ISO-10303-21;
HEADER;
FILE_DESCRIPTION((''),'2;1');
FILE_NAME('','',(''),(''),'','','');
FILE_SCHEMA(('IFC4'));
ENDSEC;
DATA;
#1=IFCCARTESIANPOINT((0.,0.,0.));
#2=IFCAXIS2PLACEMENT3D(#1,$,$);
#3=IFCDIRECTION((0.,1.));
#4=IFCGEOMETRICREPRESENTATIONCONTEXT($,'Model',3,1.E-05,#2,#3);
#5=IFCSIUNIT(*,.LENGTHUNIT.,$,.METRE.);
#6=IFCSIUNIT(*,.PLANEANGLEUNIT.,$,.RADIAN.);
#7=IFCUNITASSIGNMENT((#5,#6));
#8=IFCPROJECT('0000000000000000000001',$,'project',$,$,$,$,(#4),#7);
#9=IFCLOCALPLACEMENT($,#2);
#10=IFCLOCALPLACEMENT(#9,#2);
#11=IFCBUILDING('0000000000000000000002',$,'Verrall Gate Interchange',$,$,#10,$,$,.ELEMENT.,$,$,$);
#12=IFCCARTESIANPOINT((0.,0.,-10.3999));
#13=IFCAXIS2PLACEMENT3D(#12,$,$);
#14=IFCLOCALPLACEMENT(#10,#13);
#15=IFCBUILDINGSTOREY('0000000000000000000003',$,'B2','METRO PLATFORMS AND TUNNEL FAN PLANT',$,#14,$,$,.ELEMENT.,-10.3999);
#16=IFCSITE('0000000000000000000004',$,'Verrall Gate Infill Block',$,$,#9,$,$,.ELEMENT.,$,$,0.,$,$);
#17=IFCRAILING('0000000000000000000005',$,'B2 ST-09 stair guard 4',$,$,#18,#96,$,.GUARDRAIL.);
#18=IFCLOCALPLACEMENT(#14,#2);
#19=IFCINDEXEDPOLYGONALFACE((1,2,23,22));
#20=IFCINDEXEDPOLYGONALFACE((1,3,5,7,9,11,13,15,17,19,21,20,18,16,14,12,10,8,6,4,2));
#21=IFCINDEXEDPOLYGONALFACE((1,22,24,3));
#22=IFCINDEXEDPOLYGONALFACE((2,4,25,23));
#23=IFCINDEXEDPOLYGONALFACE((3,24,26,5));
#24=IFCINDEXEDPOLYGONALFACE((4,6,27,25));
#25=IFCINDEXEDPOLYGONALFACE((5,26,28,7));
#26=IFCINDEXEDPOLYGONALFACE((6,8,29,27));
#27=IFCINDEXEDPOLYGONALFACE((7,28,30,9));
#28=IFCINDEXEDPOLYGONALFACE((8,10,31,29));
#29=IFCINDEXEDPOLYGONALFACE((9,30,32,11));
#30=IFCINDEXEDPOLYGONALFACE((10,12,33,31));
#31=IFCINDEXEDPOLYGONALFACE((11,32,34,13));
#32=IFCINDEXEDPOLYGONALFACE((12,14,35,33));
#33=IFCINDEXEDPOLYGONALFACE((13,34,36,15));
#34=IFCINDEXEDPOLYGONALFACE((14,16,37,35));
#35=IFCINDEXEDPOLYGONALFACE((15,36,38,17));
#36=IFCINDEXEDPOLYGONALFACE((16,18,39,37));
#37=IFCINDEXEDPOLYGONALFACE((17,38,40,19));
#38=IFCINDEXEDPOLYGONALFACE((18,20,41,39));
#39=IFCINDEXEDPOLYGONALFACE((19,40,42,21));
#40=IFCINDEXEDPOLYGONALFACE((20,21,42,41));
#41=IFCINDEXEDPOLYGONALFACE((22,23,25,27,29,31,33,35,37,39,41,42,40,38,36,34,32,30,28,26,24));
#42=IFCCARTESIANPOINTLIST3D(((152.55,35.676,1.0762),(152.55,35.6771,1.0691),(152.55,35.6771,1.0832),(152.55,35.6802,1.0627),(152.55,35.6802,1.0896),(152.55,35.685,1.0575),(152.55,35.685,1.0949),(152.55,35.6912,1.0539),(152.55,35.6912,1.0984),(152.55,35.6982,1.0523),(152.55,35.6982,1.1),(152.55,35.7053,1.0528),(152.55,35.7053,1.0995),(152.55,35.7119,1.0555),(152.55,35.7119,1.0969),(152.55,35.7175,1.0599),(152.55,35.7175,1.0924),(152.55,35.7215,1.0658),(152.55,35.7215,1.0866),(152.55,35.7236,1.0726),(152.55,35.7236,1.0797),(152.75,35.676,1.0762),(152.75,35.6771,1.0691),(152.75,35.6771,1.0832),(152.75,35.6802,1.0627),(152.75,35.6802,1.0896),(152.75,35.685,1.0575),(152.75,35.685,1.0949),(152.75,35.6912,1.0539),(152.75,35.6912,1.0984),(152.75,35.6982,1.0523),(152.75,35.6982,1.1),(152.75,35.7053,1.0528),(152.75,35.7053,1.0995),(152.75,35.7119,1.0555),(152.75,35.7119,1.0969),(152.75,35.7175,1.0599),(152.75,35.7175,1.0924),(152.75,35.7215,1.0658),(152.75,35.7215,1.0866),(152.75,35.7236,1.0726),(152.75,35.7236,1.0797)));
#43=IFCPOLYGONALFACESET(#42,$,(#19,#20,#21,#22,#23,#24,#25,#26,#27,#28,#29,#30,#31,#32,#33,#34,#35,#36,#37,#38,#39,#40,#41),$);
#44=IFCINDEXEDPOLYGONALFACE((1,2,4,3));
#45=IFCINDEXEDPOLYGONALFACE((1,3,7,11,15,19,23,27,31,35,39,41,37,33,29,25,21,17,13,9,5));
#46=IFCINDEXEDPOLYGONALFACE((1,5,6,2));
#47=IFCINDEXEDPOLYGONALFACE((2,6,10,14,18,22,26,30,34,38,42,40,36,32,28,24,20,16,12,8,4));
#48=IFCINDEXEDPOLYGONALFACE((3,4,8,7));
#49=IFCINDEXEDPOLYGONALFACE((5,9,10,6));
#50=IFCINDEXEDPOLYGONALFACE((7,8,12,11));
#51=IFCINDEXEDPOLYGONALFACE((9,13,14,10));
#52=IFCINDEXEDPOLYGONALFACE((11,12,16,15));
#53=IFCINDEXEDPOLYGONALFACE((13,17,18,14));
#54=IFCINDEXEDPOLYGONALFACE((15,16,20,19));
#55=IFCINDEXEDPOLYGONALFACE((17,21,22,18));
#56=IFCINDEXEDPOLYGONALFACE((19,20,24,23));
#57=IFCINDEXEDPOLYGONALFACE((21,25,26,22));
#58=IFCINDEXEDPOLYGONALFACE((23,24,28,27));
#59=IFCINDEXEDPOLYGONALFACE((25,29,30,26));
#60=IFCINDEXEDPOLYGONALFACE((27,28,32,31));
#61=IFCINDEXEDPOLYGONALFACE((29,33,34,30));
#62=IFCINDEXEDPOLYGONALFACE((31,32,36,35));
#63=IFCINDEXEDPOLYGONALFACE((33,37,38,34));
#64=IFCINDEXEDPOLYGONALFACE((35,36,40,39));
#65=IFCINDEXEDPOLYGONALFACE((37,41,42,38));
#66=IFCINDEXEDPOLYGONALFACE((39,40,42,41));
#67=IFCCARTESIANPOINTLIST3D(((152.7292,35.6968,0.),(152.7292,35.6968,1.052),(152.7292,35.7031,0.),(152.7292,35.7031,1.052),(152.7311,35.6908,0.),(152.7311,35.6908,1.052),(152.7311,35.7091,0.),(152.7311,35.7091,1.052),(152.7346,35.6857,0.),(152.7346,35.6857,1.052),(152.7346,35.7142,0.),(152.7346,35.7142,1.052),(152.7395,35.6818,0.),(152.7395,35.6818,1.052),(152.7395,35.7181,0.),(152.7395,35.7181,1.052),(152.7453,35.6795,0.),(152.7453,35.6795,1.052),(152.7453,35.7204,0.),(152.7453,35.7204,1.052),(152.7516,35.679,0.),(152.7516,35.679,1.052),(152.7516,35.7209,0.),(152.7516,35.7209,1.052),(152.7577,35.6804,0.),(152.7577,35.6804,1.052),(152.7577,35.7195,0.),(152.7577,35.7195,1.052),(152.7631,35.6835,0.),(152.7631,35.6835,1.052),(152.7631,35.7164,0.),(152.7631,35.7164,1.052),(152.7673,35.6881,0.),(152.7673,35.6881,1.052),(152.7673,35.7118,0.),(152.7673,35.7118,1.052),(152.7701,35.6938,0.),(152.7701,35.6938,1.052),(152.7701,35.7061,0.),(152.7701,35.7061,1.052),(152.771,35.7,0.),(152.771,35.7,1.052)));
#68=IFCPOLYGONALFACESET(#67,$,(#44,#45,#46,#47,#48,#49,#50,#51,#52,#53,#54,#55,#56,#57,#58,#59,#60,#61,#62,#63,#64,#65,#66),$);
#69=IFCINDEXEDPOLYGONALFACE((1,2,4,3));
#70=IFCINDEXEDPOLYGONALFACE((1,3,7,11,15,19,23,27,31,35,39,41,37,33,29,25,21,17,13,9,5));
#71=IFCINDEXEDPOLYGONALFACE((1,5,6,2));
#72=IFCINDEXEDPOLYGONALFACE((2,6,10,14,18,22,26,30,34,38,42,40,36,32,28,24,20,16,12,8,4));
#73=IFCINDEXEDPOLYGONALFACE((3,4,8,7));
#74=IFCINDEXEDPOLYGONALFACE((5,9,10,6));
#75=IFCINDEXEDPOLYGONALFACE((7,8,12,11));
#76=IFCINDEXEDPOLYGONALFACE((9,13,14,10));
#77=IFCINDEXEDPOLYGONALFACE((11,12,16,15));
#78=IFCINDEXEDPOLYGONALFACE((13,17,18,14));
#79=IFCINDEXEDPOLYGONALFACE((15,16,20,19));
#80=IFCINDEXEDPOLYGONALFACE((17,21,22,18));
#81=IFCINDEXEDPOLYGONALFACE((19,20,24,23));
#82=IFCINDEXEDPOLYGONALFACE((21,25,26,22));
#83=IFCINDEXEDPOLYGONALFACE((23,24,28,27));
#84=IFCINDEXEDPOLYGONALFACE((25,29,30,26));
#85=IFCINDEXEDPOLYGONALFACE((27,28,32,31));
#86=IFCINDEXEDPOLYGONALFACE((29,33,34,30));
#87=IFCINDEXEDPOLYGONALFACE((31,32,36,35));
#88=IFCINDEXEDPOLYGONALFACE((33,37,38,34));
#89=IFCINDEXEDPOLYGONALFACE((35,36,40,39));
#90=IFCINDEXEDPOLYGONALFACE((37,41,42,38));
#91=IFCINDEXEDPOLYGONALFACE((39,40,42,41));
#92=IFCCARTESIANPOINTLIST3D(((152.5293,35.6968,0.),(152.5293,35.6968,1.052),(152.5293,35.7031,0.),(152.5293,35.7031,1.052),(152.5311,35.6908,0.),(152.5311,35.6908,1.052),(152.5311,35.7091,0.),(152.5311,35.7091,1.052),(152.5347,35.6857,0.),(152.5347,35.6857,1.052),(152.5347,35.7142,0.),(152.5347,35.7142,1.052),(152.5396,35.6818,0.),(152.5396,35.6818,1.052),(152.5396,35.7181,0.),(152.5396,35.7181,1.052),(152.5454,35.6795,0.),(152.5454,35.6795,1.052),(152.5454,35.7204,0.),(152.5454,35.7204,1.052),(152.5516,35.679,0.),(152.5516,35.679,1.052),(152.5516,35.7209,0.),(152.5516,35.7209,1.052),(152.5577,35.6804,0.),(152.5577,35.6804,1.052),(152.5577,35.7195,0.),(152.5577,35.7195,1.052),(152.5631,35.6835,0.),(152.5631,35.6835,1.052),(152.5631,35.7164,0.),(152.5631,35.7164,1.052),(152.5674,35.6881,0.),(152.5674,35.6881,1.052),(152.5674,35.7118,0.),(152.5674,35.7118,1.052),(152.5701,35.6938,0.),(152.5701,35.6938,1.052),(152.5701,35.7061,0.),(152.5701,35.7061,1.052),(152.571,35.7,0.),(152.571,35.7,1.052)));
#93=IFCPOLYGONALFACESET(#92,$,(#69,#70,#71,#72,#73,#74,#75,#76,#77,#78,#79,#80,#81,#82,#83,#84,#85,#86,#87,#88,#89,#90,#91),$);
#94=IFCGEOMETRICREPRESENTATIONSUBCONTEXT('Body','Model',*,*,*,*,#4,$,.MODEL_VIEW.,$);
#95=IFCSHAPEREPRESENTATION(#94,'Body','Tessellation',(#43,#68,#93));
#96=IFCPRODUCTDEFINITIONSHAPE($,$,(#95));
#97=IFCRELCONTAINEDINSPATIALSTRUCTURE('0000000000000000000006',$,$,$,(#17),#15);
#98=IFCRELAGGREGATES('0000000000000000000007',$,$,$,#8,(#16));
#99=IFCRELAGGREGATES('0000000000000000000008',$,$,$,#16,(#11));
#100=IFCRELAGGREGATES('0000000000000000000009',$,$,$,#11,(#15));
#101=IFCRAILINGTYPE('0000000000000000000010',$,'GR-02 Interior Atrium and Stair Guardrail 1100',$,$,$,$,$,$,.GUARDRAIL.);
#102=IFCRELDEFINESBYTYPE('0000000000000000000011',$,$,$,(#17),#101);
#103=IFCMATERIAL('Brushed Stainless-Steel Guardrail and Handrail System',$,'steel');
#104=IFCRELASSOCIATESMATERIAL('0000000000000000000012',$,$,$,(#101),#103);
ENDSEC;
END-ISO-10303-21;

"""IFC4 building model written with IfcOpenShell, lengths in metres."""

from ifc_helpers import new_model, si_unit, direction, frame, origin, origin_2d, place, context, subcontext, project, spatial, circle, extrude, material, type_object, element, save


model = new_model("IFC4")

# Units and contexts
model_context = context("Model", 3, precision=1e-05, world=origin(), true_north=direction((0.0, 1.0)))
body_context = subcontext(model_context, "Body", "Model", "MODEL_VIEW")
ifc_project = project(units=[si_unit("LENGTHUNIT", "METRE"), si_unit("PLANEANGLEUNIT", "RADIAN")], contexts=[model_context])

# Site, building, storey
site_placement = place(None, origin())
site = spatial("IfcSite", under=ifc_project, at=site_placement, Name="Verrall Gate Infill Block", CompositionType="ELEMENT", RefElevation=0.0)
building_placement = place(site_placement, origin())
building = spatial("IfcBuilding", under=site, at=building_placement, Name="Verrall Gate Interchange", CompositionType="ELEMENT")
storey_placement = place(building_placement, frame((0.0, 0.0, -10.3999)))
storey = spatial("IfcBuildingStorey", under=building, at=storey_placement, Name="B2", Description="METRO PLATFORMS AND TUNNEL FAN PLANT", CompositionType="ELEMENT", Elevation=-10.3999)

# Railing
ifc_material_1 = material(Name="Brushed Stainless-Steel Guardrail and Handrail System", Category="steel")
railing_type_1 = type_object("IfcRailingType", Name="GR-02 Interior Atrium and Stair Guardrail 1100", PredefinedType="GUARDRAIL", material=ifc_material_1)
railing_1_placement = place(storey_placement, frame((152.75, 35.7, 0.0)))
element("IfcRailing", 1, at=railing_1_placement, inside=storey, type_object=railing_type_1, Name="B2 ST-09 stair guard 4", PredefinedType="GUARDRAIL", context=body_context, shape_type="SweptSolid", body=[
    extrude(circle(Radius=0.0239, at=origin_2d()), frame((0.0, 0.0, 1.0762), z_axis=(-1.0, 0.0, 0.0), x_axis=(0.0, -1.0, 0.0)), (0.0, 0.0, 1.0), 0.2),
    extrude(circle(Radius=0.021, at=origin_2d()), origin(), (0.0, 0.0, 1.0), 1.052),
    extrude(circle(Radius=0.021, at=origin_2d()), frame((-0.2, 0.0, 0.0)), (0.0, 0.0, 1.0), 1.052),
])

save(model, "model.ifc")
